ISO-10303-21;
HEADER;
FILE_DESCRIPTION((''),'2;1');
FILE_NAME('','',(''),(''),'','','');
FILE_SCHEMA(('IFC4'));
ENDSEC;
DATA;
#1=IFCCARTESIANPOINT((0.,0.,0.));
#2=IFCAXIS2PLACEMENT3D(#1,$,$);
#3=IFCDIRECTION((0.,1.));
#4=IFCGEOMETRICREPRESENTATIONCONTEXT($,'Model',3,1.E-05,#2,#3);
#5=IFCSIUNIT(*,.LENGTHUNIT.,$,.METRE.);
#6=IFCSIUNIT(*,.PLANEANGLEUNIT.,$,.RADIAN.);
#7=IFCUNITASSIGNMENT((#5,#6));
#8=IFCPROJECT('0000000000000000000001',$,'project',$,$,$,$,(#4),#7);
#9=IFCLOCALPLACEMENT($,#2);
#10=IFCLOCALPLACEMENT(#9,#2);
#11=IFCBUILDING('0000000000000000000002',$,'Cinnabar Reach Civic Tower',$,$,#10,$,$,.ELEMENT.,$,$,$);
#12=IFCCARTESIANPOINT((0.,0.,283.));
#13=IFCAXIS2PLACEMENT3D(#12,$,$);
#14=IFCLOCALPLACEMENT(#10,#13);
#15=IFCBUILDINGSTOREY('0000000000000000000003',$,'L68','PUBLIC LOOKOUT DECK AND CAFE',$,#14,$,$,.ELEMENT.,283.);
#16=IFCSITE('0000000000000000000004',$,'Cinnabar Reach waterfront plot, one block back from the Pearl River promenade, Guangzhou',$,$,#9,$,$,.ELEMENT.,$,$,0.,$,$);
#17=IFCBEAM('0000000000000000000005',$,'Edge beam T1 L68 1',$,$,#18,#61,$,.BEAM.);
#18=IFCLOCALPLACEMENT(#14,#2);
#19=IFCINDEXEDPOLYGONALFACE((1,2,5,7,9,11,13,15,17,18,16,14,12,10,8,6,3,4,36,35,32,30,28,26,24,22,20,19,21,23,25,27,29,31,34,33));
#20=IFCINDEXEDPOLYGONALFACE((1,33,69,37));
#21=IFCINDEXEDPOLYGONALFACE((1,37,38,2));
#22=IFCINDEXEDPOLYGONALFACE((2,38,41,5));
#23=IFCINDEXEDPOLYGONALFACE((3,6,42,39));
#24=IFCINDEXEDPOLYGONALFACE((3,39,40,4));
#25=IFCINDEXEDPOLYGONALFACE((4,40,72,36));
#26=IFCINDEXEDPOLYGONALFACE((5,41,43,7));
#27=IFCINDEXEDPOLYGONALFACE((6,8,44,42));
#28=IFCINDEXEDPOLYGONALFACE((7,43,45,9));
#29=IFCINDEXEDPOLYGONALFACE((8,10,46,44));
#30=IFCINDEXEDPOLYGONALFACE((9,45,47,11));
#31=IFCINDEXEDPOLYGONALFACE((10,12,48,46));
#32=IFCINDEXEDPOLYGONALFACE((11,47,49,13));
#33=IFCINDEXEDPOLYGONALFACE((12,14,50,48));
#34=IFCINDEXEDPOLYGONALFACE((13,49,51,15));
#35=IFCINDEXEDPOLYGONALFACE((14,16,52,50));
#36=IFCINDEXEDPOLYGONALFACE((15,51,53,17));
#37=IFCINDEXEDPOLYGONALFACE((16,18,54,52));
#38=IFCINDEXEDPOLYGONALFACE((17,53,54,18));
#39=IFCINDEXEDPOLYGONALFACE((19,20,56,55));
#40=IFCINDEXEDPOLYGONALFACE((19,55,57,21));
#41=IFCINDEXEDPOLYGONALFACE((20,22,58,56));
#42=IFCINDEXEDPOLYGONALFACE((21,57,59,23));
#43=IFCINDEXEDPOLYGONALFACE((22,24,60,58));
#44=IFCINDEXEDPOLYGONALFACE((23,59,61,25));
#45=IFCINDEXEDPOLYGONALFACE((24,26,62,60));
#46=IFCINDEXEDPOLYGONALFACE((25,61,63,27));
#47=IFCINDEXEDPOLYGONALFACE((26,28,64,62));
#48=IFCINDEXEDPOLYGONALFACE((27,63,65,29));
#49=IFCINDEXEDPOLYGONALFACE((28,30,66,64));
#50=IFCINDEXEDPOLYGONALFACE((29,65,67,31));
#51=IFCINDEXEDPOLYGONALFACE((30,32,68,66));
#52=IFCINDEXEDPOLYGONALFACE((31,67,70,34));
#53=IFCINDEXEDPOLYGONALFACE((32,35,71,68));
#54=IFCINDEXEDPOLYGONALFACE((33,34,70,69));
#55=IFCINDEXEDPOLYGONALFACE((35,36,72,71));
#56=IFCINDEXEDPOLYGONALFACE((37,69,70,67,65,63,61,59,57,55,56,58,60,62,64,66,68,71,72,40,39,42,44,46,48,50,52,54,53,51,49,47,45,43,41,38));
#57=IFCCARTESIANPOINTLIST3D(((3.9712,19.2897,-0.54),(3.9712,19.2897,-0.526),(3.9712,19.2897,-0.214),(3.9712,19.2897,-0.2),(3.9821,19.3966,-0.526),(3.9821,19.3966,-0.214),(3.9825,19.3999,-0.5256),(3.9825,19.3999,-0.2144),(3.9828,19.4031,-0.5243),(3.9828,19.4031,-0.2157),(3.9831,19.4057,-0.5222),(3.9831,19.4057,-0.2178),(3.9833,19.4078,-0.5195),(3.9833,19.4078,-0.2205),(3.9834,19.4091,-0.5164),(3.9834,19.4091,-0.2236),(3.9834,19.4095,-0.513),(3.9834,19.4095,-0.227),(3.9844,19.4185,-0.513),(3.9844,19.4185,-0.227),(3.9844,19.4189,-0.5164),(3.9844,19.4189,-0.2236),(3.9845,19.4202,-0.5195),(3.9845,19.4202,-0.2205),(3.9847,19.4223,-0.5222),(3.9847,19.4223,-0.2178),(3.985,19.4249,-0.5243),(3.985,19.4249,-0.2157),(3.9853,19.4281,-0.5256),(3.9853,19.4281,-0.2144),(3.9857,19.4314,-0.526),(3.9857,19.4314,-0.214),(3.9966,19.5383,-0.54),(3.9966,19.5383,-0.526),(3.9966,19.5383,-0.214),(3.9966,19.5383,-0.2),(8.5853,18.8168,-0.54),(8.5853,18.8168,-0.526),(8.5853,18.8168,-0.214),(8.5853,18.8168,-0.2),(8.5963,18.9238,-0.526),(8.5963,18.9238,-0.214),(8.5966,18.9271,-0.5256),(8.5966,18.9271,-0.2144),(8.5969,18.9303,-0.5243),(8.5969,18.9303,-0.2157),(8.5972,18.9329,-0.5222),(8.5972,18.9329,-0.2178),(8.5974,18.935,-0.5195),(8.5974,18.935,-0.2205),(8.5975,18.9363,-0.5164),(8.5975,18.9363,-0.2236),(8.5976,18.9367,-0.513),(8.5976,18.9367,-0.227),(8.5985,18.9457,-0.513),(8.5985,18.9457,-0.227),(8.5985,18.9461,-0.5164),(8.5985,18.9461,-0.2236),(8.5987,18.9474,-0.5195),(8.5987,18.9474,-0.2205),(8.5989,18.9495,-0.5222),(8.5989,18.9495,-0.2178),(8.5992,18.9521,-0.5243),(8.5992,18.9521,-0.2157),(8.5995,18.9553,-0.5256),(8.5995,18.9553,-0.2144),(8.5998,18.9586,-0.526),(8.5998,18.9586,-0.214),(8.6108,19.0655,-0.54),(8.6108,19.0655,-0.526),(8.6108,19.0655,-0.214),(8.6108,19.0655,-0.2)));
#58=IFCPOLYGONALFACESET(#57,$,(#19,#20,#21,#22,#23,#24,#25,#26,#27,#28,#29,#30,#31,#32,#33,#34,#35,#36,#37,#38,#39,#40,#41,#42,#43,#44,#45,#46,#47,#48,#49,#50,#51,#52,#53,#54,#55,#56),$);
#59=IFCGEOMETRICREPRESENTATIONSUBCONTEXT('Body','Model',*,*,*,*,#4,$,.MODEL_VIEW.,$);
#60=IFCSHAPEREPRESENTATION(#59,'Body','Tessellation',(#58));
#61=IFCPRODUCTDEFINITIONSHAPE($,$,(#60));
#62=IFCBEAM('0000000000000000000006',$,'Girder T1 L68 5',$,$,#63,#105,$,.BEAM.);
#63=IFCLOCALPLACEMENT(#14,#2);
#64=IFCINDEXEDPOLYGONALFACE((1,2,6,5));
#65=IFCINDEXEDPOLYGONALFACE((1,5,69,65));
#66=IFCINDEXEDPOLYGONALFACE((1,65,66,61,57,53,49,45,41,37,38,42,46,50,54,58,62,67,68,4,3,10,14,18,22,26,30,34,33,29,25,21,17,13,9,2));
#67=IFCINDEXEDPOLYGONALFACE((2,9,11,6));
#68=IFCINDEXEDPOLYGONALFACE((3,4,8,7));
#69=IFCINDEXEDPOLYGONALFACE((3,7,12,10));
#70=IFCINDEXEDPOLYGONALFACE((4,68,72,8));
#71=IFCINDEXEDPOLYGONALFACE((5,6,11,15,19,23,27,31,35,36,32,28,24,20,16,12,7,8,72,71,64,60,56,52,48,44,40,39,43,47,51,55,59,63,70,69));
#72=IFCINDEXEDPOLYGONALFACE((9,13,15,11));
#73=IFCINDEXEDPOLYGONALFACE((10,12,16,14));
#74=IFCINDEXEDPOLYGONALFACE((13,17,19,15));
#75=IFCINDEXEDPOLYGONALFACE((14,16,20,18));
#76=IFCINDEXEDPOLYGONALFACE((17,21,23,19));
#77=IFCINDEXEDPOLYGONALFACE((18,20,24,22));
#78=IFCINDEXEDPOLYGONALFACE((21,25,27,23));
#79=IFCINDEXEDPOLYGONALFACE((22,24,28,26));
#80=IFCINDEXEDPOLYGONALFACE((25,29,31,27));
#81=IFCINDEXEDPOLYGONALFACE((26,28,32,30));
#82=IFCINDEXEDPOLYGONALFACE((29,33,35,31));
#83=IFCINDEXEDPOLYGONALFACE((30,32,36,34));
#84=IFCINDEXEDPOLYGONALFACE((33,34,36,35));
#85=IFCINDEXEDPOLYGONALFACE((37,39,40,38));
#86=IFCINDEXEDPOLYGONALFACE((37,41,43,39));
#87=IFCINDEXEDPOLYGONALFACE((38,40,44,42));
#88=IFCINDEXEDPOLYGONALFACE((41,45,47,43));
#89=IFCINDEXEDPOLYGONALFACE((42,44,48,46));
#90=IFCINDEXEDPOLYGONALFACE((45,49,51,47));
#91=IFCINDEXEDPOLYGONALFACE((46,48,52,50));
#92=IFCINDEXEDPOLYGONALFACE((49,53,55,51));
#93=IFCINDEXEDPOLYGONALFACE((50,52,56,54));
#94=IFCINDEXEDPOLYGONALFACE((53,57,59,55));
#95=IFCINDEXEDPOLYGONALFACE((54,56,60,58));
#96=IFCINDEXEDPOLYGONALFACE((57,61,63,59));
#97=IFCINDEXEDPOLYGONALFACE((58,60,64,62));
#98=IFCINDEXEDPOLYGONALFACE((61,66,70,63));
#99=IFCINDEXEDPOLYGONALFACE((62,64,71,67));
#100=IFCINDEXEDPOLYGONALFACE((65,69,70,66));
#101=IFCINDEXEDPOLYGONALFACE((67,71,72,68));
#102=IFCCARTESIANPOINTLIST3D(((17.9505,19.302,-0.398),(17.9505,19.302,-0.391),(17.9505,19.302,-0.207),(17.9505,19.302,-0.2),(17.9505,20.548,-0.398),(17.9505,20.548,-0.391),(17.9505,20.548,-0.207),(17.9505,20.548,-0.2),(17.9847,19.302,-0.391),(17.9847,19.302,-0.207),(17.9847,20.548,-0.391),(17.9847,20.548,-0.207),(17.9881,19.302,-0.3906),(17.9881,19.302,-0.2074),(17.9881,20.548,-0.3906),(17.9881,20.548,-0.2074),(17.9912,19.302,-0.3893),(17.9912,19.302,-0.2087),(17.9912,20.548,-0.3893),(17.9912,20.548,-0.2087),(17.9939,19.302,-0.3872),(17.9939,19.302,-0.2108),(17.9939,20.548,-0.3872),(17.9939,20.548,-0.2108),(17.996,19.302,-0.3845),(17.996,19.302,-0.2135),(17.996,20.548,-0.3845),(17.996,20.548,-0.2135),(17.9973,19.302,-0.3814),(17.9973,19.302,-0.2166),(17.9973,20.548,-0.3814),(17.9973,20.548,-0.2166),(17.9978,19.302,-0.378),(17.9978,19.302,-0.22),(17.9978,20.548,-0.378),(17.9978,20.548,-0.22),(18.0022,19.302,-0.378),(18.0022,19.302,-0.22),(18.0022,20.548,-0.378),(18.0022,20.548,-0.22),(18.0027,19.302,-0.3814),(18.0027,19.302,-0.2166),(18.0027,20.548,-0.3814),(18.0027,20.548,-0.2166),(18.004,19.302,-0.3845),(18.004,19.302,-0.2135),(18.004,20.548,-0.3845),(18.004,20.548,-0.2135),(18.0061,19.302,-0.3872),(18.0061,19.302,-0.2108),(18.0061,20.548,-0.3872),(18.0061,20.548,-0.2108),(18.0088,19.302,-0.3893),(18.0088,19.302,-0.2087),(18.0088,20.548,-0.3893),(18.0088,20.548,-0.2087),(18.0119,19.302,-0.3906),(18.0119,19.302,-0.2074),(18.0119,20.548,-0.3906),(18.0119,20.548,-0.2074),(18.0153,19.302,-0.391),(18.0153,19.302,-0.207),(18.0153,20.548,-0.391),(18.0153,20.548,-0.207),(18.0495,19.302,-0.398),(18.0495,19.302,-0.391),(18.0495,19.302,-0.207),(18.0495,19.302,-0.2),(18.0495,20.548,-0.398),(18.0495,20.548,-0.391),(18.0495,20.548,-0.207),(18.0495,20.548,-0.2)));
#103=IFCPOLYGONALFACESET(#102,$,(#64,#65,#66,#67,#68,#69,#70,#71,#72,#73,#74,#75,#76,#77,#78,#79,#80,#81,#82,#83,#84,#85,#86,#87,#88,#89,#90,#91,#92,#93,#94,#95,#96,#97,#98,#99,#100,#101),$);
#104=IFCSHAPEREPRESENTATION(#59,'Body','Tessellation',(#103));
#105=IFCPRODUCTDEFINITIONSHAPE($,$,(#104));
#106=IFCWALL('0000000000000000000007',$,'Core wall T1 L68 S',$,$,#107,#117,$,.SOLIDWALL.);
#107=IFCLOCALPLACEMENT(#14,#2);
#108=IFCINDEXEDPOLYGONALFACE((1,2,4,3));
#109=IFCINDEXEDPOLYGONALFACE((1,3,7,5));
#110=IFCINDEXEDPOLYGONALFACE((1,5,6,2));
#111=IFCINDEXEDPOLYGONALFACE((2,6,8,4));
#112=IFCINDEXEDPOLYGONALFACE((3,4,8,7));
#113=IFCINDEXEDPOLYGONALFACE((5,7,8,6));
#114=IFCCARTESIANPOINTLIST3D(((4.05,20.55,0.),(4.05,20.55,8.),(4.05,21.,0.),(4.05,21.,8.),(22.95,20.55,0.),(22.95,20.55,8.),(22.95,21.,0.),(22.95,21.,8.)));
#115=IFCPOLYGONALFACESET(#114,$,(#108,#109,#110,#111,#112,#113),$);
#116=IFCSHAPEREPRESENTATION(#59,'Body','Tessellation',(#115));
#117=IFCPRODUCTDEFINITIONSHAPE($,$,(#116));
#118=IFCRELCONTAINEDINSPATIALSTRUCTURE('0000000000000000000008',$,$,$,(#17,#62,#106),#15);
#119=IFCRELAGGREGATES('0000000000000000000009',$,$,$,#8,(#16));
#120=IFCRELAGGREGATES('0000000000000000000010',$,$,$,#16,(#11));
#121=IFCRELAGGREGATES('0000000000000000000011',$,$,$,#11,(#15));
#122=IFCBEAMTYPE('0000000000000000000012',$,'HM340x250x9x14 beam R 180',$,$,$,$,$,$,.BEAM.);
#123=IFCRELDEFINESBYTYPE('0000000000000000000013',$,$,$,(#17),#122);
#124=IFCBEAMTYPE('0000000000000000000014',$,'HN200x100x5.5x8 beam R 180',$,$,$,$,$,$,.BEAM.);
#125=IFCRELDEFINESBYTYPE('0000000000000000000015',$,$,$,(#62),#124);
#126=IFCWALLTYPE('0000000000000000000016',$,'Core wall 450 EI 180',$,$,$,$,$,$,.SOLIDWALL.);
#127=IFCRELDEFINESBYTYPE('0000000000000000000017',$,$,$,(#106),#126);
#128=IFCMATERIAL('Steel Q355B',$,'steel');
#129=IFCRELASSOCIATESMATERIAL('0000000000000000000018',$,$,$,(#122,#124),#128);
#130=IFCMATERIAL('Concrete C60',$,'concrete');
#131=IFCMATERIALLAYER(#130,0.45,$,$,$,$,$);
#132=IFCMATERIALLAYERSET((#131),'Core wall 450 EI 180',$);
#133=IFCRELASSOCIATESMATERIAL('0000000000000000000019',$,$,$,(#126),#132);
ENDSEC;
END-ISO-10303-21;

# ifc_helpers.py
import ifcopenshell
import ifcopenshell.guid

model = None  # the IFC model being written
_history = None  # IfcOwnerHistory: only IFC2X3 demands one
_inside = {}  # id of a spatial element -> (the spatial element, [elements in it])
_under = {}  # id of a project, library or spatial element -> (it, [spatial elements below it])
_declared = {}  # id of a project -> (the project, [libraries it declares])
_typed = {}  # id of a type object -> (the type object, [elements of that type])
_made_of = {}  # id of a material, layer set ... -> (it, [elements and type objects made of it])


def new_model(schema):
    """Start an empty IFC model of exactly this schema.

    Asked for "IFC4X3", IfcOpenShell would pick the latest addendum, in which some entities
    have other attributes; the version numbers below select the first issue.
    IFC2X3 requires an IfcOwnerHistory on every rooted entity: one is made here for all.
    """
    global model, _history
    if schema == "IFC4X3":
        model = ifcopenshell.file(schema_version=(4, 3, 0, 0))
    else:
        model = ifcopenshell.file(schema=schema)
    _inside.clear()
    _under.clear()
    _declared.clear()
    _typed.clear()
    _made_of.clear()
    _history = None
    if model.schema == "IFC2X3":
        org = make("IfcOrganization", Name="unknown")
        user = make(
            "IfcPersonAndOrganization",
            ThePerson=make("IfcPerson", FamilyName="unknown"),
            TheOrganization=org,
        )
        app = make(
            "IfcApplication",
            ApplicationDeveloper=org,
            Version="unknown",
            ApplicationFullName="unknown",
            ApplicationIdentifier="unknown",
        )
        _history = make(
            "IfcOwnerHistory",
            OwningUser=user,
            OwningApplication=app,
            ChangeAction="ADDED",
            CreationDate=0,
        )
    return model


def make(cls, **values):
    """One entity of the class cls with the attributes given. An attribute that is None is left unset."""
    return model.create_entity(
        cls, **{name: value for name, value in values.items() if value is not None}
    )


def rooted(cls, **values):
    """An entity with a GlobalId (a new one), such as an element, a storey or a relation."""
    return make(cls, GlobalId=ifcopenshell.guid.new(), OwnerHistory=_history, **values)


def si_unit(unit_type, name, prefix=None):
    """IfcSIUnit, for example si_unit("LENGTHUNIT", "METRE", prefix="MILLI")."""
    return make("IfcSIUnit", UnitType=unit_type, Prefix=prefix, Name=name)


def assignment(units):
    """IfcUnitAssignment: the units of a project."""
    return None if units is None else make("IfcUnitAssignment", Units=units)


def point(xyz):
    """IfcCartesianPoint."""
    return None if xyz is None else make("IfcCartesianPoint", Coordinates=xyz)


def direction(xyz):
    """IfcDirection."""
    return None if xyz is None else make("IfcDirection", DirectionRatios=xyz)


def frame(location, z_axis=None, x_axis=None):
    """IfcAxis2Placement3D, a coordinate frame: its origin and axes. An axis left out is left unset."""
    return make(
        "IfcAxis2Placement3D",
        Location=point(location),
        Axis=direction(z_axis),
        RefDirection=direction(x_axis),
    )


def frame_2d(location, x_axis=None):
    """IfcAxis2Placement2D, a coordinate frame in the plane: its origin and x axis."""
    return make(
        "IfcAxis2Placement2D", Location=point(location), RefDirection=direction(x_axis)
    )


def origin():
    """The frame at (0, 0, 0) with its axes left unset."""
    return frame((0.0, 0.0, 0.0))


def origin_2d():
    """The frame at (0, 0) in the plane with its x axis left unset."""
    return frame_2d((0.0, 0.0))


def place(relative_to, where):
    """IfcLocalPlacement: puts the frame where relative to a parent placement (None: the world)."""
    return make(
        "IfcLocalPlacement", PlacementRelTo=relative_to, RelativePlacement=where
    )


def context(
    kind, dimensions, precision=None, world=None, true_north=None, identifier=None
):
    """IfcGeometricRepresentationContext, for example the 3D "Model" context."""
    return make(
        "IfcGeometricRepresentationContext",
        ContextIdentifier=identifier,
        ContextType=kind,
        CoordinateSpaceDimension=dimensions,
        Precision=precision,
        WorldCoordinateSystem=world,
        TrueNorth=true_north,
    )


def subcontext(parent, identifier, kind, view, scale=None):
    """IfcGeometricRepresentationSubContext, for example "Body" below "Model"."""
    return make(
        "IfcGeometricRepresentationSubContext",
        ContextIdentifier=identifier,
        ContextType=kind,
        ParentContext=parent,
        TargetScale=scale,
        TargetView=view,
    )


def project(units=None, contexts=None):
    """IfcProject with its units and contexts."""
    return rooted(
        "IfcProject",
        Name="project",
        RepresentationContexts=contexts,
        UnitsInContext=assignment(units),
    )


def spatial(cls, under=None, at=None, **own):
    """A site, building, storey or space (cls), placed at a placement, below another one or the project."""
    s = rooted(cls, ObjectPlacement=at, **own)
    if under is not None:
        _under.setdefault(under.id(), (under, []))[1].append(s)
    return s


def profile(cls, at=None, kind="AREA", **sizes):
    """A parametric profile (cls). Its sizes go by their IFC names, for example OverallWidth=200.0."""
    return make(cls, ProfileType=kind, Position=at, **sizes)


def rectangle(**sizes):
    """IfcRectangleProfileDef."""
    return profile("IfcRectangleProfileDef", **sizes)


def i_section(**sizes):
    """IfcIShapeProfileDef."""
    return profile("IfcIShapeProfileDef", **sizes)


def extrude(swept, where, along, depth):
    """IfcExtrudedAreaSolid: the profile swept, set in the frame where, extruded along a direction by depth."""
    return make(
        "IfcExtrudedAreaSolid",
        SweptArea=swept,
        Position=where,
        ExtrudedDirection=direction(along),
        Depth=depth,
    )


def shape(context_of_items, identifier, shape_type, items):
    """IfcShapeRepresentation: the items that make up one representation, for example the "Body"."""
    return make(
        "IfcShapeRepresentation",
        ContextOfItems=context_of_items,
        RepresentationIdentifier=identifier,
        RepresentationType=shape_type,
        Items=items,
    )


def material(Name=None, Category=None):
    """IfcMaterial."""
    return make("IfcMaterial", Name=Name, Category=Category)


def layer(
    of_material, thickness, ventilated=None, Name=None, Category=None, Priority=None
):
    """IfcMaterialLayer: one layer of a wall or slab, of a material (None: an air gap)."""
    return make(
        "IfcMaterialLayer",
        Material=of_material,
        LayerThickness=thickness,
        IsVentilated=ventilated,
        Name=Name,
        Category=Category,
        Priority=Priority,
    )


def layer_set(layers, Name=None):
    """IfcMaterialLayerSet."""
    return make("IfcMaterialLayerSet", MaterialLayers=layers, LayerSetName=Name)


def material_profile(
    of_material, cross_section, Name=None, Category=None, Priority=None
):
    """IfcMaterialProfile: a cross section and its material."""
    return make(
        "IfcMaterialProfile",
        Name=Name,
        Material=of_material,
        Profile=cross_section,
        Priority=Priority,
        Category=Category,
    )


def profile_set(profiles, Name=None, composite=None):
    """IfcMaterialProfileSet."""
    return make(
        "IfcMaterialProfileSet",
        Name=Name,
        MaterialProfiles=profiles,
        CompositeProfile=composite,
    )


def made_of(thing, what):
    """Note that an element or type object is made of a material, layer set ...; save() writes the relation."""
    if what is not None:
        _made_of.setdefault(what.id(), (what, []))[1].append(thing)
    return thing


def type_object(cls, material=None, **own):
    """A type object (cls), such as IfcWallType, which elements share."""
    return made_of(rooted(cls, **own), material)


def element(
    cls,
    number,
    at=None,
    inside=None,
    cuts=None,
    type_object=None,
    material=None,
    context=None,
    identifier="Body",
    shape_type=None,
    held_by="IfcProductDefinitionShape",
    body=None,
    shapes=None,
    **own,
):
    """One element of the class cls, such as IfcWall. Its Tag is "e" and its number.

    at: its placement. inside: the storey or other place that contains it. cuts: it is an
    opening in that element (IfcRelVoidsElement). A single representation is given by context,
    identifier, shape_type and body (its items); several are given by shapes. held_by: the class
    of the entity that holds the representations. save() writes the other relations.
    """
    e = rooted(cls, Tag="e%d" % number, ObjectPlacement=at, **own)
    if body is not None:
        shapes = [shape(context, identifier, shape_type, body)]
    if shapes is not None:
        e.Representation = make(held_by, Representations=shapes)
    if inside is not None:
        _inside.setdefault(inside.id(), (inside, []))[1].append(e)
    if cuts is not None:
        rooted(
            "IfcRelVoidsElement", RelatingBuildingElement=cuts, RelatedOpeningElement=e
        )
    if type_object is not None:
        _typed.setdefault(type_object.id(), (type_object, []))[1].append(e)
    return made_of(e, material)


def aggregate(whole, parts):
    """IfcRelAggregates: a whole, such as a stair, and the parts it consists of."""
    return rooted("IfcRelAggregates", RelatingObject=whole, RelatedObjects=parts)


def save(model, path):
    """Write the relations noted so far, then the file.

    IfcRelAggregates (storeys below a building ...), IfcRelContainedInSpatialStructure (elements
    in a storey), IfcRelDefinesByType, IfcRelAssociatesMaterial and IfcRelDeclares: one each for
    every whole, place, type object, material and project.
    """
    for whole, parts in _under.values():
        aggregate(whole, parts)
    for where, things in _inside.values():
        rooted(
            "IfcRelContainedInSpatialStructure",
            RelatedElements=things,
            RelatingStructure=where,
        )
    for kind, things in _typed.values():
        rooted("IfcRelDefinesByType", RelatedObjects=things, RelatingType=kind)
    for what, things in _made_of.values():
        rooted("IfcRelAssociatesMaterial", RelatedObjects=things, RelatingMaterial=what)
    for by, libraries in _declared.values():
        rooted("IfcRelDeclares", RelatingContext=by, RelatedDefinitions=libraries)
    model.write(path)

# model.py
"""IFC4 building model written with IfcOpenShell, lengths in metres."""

from ifc_helpers import new_model, si_unit, direction, frame, frame_2d, origin, origin_2d, place, context, subcontext, project, spatial, rectangle, i_section, extrude, material, layer, layer_set, material_profile, profile_set, type_object, element, save


model = new_model("IFC4")

# Units and contexts
model_context = context("Model", 3, precision=1e-05, world=origin(), true_north=direction((0.0, 1.0)))
body_context = subcontext(model_context, "Body", "Model", "MODEL_VIEW")
ifc_project = project(units=[si_unit("LENGTHUNIT", "METRE"), si_unit("PLANEANGLEUNIT", "RADIAN")], contexts=[model_context])

# Site, building, storey
site_placement = place(None, origin())
site = spatial("IfcSite", under=ifc_project, at=site_placement, Name="Cinnabar Reach waterfront plot, one block back from the Pearl River promenade, Guangzhou", CompositionType="ELEMENT", RefElevation=0.0)
building_placement = place(site_placement, origin())
building = spatial("IfcBuilding", under=site, at=building_placement, Name="Cinnabar Reach Civic Tower", CompositionType="ELEMENT")
storey_placement = place(building_placement, frame((0.0, 0.0, 283.0)))
storey = spatial("IfcBuildingStorey", under=building, at=storey_placement, Name="L68", Description="PUBLIC LOOKOUT DECK AND CAFE", CompositionType="ELEMENT", Elevation=283.0)

# Beams
ifc_material_1 = material(Name="Steel Q355B", Category="steel")
ifc_material_profile_1 = material_profile(ifc_material_1, i_section(OverallWidth=0.25, OverallDepth=0.34, WebThickness=0.009, FlangeThickness=0.014, FilletRadius=0.013, at=origin_2d()), Name="HM340x250x9x14")
ifc_profile_set_1 = profile_set([ifc_material_profile_1], Name="Steel Q355B")
beam_type_1 = type_object("IfcBeamType", Name="HM340x250x9x14 beam R 180", PredefinedType="BEAM", material=ifc_profile_set_1)
beam_1_placement = place(storey_placement, frame((3.9839, 19.414, -0.37), z_axis=(0.994791, -0.101935, 0.0), x_axis=(0.101935, 0.994791, 0.0)))
element("IfcBeam", 1, at=beam_1_placement, inside=storey, type_object=beam_type_1, Name="Edge beam T1 L68 1", PredefinedType="BEAM", context=body_context, shape_type="SweptSolid", body=[
    extrude(i_section(OverallWidth=0.25, OverallDepth=0.34, WebThickness=0.009, FlangeThickness=0.014, FilletRadius=0.013, at=origin_2d()), origin(), (0.0, 0.0, 1.0), 4.6383),
])
ifc_material_profile_2 = material_profile(ifc_material_1, i_section(OverallWidth=0.099, OverallDepth=0.198, WebThickness=0.0045, FlangeThickness=0.007, FilletRadius=0.013, at=origin_2d()), Name="HN200x100x5.5x8")
ifc_profile_set_2 = profile_set([ifc_material_profile_2], Name="Steel Q355B")
beam_type_2 = type_object("IfcBeamType", Name="HN200x100x5.5x8 beam R 180", PredefinedType="BEAM", material=ifc_profile_set_2)
beam_2_placement = place(storey_placement, frame((18.0, 19.302, -0.299), z_axis=(0.0, 1.0, 0.0), x_axis=(-1.0, 0.0, 0.0)))
element("IfcBeam", 2, at=beam_2_placement, inside=storey, type_object=beam_type_2, Name="Girder T1 L68 5", PredefinedType="BEAM", context=body_context, shape_type="SweptSolid", body=[
    extrude(i_section(OverallWidth=0.099, OverallDepth=0.198, WebThickness=0.0045, FlangeThickness=0.007, FilletRadius=0.013, at=origin_2d()), origin(), (0.0, 0.0, 1.0), 1.246),
])

# Wall
ifc_material_2 = material(Name="Concrete C60", Category="concrete")
ifc_layer_1 = layer(ifc_material_2, 0.45)
ifc_layer_set_1 = layer_set([ifc_layer_1], Name="Core wall 450 EI 180")
wall_type_1 = type_object("IfcWallType", Name="Core wall 450 EI 180", PredefinedType="SOLIDWALL", material=ifc_layer_set_1)
wall_1_placement = place(storey_placement, frame((4.05, 20.775, 0.0), z_axis=(0.0, 0.0, 1.0), x_axis=(1.0, 0.0, 0.0)))
element("IfcWall", 3, at=wall_1_placement, inside=storey, type_object=wall_type_1, Name="Core wall T1 L68 S", PredefinedType="SOLIDWALL", context=body_context, shape_type="SweptSolid", body=[
    extrude(rectangle(XDim=18.9, YDim=0.45, at=frame_2d((9.45, 0.0))), origin(), (0.0, 0.0, 1.0), 8.0),
])

save(model, "model.ifc")
